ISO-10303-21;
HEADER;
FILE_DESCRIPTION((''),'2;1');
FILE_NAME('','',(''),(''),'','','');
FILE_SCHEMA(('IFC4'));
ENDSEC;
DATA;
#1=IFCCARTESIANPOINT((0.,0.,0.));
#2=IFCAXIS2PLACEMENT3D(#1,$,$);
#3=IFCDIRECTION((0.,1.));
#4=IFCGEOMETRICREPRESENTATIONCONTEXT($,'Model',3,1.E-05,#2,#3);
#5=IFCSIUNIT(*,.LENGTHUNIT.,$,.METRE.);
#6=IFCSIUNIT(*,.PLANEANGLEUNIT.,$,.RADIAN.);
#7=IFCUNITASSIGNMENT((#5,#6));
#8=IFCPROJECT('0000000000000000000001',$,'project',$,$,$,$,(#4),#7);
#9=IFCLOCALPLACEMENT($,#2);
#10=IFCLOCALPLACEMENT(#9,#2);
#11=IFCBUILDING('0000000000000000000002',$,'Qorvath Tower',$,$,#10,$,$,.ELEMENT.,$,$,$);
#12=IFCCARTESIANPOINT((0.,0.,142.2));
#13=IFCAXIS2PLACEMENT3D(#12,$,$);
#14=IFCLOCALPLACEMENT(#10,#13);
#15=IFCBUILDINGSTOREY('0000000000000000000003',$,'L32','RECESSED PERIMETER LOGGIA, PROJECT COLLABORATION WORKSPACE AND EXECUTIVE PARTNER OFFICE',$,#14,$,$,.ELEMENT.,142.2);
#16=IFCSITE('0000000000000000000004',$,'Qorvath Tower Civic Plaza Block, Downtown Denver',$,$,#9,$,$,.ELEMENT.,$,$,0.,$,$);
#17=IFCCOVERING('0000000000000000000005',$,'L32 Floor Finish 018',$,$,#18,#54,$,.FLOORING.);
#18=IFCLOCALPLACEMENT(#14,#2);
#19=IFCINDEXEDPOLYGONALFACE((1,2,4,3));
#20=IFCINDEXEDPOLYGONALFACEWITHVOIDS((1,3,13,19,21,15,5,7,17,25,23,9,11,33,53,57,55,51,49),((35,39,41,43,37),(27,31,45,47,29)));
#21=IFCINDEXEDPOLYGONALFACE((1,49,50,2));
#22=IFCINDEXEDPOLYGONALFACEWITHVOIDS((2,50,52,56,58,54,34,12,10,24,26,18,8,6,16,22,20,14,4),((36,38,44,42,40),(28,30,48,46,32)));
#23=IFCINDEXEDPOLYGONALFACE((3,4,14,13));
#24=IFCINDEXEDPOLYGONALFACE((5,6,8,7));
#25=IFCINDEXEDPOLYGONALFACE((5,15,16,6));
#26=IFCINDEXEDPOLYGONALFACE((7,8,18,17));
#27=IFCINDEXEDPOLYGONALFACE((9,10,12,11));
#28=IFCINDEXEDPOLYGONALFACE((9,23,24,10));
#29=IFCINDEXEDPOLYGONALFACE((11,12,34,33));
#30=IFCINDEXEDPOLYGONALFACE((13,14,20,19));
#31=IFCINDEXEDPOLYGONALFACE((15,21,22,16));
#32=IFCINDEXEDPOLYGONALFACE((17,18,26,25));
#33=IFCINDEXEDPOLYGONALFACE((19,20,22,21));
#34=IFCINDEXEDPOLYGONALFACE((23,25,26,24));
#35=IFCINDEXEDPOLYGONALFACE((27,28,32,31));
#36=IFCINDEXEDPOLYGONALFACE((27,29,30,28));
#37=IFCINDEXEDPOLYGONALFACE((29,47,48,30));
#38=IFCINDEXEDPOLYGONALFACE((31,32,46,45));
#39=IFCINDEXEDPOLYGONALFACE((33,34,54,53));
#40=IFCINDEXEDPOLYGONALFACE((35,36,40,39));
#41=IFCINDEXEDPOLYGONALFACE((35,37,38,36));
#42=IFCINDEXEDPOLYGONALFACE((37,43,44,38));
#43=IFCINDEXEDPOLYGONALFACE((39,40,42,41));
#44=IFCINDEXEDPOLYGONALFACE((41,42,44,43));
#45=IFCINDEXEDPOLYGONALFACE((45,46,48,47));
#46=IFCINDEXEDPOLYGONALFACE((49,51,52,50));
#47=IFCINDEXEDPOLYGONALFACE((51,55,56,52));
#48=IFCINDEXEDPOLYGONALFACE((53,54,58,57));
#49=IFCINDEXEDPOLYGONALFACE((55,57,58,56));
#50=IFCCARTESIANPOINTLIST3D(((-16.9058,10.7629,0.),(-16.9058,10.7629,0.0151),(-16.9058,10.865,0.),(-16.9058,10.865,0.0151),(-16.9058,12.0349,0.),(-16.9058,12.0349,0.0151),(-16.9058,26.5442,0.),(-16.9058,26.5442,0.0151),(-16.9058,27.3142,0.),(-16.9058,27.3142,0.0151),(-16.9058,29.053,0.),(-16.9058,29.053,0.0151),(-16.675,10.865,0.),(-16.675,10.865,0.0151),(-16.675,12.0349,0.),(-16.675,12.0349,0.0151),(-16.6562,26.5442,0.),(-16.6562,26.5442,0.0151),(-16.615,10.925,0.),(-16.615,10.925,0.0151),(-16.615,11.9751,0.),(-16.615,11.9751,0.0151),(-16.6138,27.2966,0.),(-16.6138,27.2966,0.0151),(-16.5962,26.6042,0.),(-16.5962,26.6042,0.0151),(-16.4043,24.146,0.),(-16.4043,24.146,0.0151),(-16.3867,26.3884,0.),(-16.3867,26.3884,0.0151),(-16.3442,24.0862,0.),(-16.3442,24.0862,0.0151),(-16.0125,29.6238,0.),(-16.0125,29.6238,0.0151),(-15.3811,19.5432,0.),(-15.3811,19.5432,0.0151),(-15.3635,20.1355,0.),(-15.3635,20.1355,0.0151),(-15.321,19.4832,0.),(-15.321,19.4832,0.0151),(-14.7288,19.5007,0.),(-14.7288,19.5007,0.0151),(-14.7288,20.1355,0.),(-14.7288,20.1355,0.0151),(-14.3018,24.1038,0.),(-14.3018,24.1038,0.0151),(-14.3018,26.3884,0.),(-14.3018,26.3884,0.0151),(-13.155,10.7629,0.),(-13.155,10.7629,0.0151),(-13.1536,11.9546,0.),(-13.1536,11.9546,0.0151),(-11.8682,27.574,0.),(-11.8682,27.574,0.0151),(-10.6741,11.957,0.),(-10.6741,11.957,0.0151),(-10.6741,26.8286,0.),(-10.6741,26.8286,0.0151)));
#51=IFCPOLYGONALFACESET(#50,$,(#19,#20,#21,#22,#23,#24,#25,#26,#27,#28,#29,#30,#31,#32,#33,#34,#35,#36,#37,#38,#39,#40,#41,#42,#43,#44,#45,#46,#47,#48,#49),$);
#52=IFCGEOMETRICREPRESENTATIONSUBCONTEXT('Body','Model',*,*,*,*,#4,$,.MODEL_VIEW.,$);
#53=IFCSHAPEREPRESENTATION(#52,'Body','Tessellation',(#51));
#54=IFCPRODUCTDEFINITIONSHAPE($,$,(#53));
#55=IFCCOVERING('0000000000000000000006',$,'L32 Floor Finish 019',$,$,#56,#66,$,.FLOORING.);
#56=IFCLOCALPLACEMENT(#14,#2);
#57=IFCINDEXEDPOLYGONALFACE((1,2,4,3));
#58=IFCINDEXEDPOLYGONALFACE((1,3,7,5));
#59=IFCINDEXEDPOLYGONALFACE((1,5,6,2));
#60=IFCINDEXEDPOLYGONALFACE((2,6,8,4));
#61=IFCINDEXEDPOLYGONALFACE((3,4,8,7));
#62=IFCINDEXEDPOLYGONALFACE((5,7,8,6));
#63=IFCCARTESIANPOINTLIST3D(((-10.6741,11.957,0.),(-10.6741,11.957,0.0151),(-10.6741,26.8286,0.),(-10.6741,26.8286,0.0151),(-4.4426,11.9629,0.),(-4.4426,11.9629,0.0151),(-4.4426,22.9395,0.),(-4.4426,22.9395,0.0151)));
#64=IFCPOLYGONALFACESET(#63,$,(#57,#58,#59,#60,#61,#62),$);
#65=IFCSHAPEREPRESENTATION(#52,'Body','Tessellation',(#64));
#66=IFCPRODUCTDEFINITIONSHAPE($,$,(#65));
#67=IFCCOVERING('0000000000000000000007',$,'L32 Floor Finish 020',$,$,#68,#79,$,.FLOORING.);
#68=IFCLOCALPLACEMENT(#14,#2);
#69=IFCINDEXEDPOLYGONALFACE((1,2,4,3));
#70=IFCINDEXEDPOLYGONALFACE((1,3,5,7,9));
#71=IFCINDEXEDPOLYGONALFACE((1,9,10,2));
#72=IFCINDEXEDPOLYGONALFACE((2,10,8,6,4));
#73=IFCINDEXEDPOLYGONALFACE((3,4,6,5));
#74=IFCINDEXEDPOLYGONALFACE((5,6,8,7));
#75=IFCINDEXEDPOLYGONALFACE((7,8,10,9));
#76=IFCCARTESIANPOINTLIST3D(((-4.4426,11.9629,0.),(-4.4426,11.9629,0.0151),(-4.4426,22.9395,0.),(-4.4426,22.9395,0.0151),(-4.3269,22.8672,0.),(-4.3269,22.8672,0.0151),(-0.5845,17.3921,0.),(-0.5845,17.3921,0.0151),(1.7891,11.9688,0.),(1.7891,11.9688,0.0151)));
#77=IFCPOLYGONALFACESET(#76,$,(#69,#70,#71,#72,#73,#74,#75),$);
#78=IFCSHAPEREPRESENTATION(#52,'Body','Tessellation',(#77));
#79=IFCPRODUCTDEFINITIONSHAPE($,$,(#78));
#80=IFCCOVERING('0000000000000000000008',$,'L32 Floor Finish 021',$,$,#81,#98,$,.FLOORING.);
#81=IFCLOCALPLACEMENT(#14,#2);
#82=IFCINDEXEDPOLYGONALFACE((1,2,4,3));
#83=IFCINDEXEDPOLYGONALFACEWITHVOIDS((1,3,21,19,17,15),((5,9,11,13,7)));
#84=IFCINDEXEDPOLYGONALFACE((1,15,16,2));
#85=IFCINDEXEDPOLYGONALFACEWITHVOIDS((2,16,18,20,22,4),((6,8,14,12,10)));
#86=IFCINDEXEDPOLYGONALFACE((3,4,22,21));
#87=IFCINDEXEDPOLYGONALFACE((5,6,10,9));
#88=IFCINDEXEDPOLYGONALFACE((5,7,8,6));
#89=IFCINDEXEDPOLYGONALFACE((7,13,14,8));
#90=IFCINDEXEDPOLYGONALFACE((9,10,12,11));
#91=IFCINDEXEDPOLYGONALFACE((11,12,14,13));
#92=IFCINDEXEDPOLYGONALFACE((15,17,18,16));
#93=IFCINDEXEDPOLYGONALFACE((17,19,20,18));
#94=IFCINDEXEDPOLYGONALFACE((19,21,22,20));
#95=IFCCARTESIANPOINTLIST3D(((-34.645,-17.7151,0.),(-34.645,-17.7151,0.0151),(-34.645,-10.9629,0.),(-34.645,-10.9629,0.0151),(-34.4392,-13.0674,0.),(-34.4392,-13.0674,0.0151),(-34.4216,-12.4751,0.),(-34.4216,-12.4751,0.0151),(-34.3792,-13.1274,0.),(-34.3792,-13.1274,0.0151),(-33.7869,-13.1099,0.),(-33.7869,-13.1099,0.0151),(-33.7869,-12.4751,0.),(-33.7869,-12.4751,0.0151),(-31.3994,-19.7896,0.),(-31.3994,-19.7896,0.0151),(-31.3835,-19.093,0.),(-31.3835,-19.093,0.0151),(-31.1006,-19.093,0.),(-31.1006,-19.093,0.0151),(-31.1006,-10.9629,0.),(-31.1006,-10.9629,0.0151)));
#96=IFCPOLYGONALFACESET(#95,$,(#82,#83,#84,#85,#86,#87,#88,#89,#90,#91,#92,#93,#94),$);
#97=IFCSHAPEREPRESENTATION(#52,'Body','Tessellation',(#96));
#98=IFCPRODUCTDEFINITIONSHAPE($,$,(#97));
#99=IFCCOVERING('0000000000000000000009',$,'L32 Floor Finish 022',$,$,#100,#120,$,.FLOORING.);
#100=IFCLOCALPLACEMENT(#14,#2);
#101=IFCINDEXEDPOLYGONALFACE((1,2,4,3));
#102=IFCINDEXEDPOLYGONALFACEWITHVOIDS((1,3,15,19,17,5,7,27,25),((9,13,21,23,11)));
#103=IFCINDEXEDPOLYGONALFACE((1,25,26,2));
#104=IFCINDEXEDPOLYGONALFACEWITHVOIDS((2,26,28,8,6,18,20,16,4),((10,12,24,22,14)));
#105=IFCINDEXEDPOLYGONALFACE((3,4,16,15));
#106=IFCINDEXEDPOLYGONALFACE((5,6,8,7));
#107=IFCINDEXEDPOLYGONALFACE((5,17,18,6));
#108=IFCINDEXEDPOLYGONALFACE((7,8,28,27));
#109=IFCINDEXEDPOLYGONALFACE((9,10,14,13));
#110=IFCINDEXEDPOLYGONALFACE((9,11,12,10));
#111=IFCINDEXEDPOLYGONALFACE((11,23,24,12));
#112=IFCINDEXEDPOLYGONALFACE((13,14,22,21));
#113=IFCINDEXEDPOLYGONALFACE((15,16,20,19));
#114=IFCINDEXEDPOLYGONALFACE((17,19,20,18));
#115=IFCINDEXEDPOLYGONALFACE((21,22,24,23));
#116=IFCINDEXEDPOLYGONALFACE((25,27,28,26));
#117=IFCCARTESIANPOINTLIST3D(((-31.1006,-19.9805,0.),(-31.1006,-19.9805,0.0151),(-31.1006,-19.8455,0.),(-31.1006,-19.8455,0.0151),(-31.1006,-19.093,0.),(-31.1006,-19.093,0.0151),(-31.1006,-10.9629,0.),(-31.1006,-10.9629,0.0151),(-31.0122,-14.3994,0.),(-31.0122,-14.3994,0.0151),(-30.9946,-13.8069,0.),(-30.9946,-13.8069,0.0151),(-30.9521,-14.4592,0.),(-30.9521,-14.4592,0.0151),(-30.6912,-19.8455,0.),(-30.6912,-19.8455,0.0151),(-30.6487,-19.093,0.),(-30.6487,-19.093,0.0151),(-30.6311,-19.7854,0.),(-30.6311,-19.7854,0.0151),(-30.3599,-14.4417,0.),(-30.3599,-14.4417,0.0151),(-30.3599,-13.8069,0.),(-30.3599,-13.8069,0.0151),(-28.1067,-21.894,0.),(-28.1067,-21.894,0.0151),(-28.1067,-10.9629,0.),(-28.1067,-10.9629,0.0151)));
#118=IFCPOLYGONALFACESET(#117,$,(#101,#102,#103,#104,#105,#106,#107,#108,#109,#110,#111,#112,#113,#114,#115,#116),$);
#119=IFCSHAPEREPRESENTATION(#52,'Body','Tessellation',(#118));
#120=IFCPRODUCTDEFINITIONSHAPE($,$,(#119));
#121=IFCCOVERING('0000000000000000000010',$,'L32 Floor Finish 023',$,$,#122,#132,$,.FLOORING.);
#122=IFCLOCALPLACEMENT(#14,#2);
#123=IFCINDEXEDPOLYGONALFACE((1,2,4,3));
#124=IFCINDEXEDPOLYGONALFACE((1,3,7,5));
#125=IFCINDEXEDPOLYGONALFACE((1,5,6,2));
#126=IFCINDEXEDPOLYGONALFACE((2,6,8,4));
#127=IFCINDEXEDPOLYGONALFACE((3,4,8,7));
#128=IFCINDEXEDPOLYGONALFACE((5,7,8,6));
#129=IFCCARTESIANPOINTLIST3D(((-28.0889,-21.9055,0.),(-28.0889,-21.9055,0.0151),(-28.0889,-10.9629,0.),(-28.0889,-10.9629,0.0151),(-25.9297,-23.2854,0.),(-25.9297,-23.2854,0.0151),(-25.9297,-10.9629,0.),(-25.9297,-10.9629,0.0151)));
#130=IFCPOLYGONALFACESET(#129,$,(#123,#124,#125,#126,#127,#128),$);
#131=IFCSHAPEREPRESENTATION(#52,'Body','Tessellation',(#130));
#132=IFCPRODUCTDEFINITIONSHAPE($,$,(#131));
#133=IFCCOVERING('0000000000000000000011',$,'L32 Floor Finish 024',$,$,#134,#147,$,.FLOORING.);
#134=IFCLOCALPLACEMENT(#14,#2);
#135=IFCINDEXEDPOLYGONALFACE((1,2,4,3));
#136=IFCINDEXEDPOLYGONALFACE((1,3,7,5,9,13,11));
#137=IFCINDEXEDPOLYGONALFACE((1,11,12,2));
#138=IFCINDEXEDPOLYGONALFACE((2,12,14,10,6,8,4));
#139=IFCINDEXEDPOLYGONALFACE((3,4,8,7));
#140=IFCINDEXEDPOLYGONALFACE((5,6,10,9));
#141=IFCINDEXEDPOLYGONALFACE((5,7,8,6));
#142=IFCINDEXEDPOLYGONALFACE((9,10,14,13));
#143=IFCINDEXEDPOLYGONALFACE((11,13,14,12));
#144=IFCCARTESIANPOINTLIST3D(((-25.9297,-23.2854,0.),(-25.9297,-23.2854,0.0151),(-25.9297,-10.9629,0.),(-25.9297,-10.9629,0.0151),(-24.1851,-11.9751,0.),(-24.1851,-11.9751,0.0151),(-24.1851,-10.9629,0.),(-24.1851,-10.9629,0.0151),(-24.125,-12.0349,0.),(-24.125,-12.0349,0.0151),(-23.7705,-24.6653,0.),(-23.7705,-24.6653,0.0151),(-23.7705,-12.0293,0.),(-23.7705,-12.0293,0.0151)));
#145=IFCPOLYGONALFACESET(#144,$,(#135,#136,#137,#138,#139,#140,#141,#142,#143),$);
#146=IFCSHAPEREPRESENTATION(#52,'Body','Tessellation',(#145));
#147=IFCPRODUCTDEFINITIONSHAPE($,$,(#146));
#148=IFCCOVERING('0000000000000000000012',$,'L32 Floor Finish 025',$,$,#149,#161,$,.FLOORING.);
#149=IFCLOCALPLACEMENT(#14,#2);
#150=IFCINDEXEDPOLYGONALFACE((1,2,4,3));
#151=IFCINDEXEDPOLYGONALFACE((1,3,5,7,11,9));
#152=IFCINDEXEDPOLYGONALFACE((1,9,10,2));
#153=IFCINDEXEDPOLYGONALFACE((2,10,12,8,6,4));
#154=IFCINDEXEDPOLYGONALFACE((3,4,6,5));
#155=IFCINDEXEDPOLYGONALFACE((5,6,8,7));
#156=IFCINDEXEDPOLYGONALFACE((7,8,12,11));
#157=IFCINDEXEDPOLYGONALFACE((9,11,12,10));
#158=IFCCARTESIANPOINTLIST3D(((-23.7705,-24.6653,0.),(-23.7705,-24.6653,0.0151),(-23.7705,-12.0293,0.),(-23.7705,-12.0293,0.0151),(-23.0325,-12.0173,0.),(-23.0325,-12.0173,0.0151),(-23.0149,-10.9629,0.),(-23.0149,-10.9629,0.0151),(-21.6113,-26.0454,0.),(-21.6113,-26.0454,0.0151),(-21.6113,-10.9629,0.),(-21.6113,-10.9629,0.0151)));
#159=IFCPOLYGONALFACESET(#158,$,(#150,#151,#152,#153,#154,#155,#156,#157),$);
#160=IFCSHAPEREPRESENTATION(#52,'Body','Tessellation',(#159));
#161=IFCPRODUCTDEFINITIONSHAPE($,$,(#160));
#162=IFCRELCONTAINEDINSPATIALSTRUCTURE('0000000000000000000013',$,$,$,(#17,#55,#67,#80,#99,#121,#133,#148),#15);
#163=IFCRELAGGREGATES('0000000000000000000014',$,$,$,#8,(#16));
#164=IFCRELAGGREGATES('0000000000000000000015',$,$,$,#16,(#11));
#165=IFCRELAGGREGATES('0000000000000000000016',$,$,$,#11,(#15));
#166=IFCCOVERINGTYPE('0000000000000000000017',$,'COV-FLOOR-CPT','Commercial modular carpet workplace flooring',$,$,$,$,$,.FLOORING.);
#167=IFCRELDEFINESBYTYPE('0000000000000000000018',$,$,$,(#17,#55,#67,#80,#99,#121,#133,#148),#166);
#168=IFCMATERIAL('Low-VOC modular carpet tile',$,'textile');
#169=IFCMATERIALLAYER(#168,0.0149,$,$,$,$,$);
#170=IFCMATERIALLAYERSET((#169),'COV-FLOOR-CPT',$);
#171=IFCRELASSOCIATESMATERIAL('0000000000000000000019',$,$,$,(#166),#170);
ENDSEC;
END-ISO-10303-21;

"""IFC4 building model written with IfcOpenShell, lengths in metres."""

from ifc_helpers import new_model, si_unit, direction, frame, origin, place, context, subcontext, project, spatial, polyline, outline, extrude, material, layer, layer_set, type_object, element, save


model = new_model("IFC4")

# Units and contexts
model_context = context("Model", 3, precision=1e-05, world=origin(), true_north=direction((0.0, 1.0)))
body_context = subcontext(model_context, "Body", "Model", "MODEL_VIEW")
ifc_project = project(units=[si_unit("LENGTHUNIT", "METRE"), si_unit("PLANEANGLEUNIT", "RADIAN")], contexts=[model_context])

# Site, building, storey
site_placement = place(None, origin())
site = spatial("IfcSite", under=ifc_project, at=site_placement, Name="Qorvath Tower Civic Plaza Block, Downtown Denver", CompositionType="ELEMENT", RefElevation=0.0)
building_placement = place(site_placement, origin())
building = spatial("IfcBuilding", under=site, at=building_placement, Name="Qorvath Tower", CompositionType="ELEMENT")
storey_placement = place(building_placement, frame((0.0, 0.0, 142.2)))
storey = spatial("IfcBuildingStorey", under=building, at=storey_placement, Name="L32", Description="RECESSED PERIMETER LOGGIA, PROJECT COLLABORATION WORKSPACE AND EXECUTIVE PARTNER OFFICE", CompositionType="ELEMENT", Elevation=142.2)

# Coverings
ifc_material_1 = material(Name="Low-VOC modular carpet tile", Category="textile")
ifc_layer_1 = layer(ifc_material_1, 0.0149)
ifc_layer_set_1 = layer_set([ifc_layer_1], Name="COV-FLOOR-CPT")
covering_type_1 = type_object("IfcCoveringType", Name="COV-FLOOR-CPT", Description="Commercial modular carpet workplace flooring", PredefinedType="FLOORING", material=ifc_layer_set_1)
covering_1_placement = place(storey_placement, origin())
element("IfcCovering", 1, at=covering_1_placement, inside=storey, type_object=covering_type_1, Name="L32 Floor Finish 018", PredefinedType="FLOORING", context=body_context, shape_type="SweptSolid", body=[
    extrude(outline(polyline([(-13.1536, 11.9546), (-10.6741, 11.957), (-10.6741, 26.8286), (-11.8682, 27.574), (-16.0125, 29.6238), (-16.9058, 29.053), (-16.9058, 27.3142), (-16.6138, 27.2966), (-16.5962, 26.6042), (-16.6562, 26.5442), (-16.9058, 26.5442), (-16.9058, 12.0349), (-16.675, 12.0349), (-16.615, 11.9751), (-16.615, 10.925), (-16.675, 10.865), (-16.9058, 10.865), (-16.9058, 10.7629), (-13.155, 10.7629), (-13.1536, 11.9546)]), holes=[polyline([(-16.4043, 24.146), (-16.3867, 26.3884), (-14.3018, 26.3884), (-14.3018, 24.1038), (-16.3442, 24.0862), (-16.4043, 24.146)]), polyline([(-15.3811, 19.5432), (-15.3635, 20.1355), (-14.7288, 20.1355), (-14.7288, 19.5007), (-15.321, 19.4832), (-15.3811, 19.5432)])]), origin(), (0.0, 0.0, 1.0), 0.0151),
])
covering_2_placement = place(storey_placement, origin())
element("IfcCovering", 2, at=covering_2_placement, inside=storey, type_object=covering_type_1, Name="L32 Floor Finish 019", PredefinedType="FLOORING", context=body_context, shape_type="SweptSolid", body=[
    extrude(outline(polyline([(-10.6741, 26.8286), (-10.6741, 11.957), (-4.4426, 11.9629), (-4.4426, 22.9395), (-10.6741, 26.8286)])), origin(), (0.0, 0.0, 1.0), 0.0151),
])
covering_3_placement = place(storey_placement, origin())
element("IfcCovering", 3, at=covering_3_placement, inside=storey, type_object=covering_type_1, Name="L32 Floor Finish 020", PredefinedType="FLOORING", context=body_context, shape_type="SweptSolid", body=[
    extrude(outline(polyline([(-4.4426, 22.9395), (-4.4426, 11.9629), (1.7891, 11.9688), (-0.5845, 17.3921), (-4.3269, 22.8672), (-4.4426, 22.9395)])), origin(), (0.0, 0.0, 1.0), 0.0151),
])
covering_4_placement = place(storey_placement, origin())
element("IfcCovering", 4, at=covering_4_placement, inside=storey, type_object=covering_type_1, Name="L32 Floor Finish 021", PredefinedType="FLOORING", context=body_context, shape_type="SweptSolid", body=[
    extrude(outline(polyline([(-31.1006, -19.093), (-31.1006, -10.9629), (-34.645, -10.9629), (-34.645, -17.7151), (-31.3994, -19.7896), (-31.3835, -19.093), (-31.1006, -19.093)]), holes=[polyline([(-34.4392, -13.0674), (-34.4216, -12.4751), (-33.7869, -12.4751), (-33.7869, -13.1099), (-34.3792, -13.1274), (-34.4392, -13.0674)])]), origin(), (0.0, 0.0, 1.0), 0.0151),
])
covering_5_placement = place(storey_placement, origin())
element("IfcCovering", 5, at=covering_5_placement, inside=storey, type_object=covering_type_1, Name="L32 Floor Finish 022", PredefinedType="FLOORING", context=body_context, shape_type="SweptSolid", body=[
    extrude(outline(polyline([(-30.6912, -19.8455), (-31.1006, -19.8455), (-31.1006, -19.9805), (-28.1067, -21.894), (-28.1067, -10.9629), (-31.1006, -10.9629), (-31.1006, -19.093), (-30.6487, -19.093), (-30.6311, -19.7854), (-30.6912, -19.8455)]), holes=[polyline([(-31.0122, -14.3994), (-30.9946, -13.8069), (-30.3599, -13.8069), (-30.3599, -14.4417), (-30.9521, -14.4592), (-31.0122, -14.3994)])]), origin(), (0.0, 0.0, 1.0), 0.0151),
])
covering_6_placement = place(storey_placement, origin())
element("IfcCovering", 6, at=covering_6_placement, inside=storey, type_object=covering_type_1, Name="L32 Floor Finish 023", PredefinedType="FLOORING", context=body_context, shape_type="SweptSolid", body=[
    extrude(outline(polyline([(-25.9297, -23.2854), (-25.9297, -10.9629), (-28.0889, -10.9629), (-28.0889, -21.9055), (-25.9297, -23.2854)])), origin(), (0.0, 0.0, 1.0), 0.0151),
])
covering_7_placement = place(storey_placement, origin())
element("IfcCovering", 7, at=covering_7_placement, inside=storey, type_object=covering_type_1, Name="L32 Floor Finish 024", PredefinedType="FLOORING", context=body_context, shape_type="SweptSolid", body=[
    extrude(outline(polyline([(-23.7705, -24.6653), (-23.7705, -12.0293), (-24.125, -12.0349), (-24.1851, -11.9751), (-24.1851, -10.9629), (-25.9297, -10.9629), (-25.9297, -23.2854), (-23.7705, -24.6653)])), origin(), (0.0, 0.0, 1.0), 0.0151),
])
covering_8_placement = place(storey_placement, origin())
element("IfcCovering", 8, at=covering_8_placement, inside=storey, type_object=covering_type_1, Name="L32 Floor Finish 025", PredefinedType="FLOORING", context=body_context, shape_type="SweptSolid", body=[
    extrude(outline(polyline([(-21.6113, -26.0454), (-21.6113, -10.9629), (-23.0149, -10.9629), (-23.0325, -12.0173), (-23.7705, -12.0293), (-23.7705, -24.6653), (-21.6113, -26.0454)])), origin(), (0.0, 0.0, 1.0), 0.0151),
])

save(model, "model.ifc")
